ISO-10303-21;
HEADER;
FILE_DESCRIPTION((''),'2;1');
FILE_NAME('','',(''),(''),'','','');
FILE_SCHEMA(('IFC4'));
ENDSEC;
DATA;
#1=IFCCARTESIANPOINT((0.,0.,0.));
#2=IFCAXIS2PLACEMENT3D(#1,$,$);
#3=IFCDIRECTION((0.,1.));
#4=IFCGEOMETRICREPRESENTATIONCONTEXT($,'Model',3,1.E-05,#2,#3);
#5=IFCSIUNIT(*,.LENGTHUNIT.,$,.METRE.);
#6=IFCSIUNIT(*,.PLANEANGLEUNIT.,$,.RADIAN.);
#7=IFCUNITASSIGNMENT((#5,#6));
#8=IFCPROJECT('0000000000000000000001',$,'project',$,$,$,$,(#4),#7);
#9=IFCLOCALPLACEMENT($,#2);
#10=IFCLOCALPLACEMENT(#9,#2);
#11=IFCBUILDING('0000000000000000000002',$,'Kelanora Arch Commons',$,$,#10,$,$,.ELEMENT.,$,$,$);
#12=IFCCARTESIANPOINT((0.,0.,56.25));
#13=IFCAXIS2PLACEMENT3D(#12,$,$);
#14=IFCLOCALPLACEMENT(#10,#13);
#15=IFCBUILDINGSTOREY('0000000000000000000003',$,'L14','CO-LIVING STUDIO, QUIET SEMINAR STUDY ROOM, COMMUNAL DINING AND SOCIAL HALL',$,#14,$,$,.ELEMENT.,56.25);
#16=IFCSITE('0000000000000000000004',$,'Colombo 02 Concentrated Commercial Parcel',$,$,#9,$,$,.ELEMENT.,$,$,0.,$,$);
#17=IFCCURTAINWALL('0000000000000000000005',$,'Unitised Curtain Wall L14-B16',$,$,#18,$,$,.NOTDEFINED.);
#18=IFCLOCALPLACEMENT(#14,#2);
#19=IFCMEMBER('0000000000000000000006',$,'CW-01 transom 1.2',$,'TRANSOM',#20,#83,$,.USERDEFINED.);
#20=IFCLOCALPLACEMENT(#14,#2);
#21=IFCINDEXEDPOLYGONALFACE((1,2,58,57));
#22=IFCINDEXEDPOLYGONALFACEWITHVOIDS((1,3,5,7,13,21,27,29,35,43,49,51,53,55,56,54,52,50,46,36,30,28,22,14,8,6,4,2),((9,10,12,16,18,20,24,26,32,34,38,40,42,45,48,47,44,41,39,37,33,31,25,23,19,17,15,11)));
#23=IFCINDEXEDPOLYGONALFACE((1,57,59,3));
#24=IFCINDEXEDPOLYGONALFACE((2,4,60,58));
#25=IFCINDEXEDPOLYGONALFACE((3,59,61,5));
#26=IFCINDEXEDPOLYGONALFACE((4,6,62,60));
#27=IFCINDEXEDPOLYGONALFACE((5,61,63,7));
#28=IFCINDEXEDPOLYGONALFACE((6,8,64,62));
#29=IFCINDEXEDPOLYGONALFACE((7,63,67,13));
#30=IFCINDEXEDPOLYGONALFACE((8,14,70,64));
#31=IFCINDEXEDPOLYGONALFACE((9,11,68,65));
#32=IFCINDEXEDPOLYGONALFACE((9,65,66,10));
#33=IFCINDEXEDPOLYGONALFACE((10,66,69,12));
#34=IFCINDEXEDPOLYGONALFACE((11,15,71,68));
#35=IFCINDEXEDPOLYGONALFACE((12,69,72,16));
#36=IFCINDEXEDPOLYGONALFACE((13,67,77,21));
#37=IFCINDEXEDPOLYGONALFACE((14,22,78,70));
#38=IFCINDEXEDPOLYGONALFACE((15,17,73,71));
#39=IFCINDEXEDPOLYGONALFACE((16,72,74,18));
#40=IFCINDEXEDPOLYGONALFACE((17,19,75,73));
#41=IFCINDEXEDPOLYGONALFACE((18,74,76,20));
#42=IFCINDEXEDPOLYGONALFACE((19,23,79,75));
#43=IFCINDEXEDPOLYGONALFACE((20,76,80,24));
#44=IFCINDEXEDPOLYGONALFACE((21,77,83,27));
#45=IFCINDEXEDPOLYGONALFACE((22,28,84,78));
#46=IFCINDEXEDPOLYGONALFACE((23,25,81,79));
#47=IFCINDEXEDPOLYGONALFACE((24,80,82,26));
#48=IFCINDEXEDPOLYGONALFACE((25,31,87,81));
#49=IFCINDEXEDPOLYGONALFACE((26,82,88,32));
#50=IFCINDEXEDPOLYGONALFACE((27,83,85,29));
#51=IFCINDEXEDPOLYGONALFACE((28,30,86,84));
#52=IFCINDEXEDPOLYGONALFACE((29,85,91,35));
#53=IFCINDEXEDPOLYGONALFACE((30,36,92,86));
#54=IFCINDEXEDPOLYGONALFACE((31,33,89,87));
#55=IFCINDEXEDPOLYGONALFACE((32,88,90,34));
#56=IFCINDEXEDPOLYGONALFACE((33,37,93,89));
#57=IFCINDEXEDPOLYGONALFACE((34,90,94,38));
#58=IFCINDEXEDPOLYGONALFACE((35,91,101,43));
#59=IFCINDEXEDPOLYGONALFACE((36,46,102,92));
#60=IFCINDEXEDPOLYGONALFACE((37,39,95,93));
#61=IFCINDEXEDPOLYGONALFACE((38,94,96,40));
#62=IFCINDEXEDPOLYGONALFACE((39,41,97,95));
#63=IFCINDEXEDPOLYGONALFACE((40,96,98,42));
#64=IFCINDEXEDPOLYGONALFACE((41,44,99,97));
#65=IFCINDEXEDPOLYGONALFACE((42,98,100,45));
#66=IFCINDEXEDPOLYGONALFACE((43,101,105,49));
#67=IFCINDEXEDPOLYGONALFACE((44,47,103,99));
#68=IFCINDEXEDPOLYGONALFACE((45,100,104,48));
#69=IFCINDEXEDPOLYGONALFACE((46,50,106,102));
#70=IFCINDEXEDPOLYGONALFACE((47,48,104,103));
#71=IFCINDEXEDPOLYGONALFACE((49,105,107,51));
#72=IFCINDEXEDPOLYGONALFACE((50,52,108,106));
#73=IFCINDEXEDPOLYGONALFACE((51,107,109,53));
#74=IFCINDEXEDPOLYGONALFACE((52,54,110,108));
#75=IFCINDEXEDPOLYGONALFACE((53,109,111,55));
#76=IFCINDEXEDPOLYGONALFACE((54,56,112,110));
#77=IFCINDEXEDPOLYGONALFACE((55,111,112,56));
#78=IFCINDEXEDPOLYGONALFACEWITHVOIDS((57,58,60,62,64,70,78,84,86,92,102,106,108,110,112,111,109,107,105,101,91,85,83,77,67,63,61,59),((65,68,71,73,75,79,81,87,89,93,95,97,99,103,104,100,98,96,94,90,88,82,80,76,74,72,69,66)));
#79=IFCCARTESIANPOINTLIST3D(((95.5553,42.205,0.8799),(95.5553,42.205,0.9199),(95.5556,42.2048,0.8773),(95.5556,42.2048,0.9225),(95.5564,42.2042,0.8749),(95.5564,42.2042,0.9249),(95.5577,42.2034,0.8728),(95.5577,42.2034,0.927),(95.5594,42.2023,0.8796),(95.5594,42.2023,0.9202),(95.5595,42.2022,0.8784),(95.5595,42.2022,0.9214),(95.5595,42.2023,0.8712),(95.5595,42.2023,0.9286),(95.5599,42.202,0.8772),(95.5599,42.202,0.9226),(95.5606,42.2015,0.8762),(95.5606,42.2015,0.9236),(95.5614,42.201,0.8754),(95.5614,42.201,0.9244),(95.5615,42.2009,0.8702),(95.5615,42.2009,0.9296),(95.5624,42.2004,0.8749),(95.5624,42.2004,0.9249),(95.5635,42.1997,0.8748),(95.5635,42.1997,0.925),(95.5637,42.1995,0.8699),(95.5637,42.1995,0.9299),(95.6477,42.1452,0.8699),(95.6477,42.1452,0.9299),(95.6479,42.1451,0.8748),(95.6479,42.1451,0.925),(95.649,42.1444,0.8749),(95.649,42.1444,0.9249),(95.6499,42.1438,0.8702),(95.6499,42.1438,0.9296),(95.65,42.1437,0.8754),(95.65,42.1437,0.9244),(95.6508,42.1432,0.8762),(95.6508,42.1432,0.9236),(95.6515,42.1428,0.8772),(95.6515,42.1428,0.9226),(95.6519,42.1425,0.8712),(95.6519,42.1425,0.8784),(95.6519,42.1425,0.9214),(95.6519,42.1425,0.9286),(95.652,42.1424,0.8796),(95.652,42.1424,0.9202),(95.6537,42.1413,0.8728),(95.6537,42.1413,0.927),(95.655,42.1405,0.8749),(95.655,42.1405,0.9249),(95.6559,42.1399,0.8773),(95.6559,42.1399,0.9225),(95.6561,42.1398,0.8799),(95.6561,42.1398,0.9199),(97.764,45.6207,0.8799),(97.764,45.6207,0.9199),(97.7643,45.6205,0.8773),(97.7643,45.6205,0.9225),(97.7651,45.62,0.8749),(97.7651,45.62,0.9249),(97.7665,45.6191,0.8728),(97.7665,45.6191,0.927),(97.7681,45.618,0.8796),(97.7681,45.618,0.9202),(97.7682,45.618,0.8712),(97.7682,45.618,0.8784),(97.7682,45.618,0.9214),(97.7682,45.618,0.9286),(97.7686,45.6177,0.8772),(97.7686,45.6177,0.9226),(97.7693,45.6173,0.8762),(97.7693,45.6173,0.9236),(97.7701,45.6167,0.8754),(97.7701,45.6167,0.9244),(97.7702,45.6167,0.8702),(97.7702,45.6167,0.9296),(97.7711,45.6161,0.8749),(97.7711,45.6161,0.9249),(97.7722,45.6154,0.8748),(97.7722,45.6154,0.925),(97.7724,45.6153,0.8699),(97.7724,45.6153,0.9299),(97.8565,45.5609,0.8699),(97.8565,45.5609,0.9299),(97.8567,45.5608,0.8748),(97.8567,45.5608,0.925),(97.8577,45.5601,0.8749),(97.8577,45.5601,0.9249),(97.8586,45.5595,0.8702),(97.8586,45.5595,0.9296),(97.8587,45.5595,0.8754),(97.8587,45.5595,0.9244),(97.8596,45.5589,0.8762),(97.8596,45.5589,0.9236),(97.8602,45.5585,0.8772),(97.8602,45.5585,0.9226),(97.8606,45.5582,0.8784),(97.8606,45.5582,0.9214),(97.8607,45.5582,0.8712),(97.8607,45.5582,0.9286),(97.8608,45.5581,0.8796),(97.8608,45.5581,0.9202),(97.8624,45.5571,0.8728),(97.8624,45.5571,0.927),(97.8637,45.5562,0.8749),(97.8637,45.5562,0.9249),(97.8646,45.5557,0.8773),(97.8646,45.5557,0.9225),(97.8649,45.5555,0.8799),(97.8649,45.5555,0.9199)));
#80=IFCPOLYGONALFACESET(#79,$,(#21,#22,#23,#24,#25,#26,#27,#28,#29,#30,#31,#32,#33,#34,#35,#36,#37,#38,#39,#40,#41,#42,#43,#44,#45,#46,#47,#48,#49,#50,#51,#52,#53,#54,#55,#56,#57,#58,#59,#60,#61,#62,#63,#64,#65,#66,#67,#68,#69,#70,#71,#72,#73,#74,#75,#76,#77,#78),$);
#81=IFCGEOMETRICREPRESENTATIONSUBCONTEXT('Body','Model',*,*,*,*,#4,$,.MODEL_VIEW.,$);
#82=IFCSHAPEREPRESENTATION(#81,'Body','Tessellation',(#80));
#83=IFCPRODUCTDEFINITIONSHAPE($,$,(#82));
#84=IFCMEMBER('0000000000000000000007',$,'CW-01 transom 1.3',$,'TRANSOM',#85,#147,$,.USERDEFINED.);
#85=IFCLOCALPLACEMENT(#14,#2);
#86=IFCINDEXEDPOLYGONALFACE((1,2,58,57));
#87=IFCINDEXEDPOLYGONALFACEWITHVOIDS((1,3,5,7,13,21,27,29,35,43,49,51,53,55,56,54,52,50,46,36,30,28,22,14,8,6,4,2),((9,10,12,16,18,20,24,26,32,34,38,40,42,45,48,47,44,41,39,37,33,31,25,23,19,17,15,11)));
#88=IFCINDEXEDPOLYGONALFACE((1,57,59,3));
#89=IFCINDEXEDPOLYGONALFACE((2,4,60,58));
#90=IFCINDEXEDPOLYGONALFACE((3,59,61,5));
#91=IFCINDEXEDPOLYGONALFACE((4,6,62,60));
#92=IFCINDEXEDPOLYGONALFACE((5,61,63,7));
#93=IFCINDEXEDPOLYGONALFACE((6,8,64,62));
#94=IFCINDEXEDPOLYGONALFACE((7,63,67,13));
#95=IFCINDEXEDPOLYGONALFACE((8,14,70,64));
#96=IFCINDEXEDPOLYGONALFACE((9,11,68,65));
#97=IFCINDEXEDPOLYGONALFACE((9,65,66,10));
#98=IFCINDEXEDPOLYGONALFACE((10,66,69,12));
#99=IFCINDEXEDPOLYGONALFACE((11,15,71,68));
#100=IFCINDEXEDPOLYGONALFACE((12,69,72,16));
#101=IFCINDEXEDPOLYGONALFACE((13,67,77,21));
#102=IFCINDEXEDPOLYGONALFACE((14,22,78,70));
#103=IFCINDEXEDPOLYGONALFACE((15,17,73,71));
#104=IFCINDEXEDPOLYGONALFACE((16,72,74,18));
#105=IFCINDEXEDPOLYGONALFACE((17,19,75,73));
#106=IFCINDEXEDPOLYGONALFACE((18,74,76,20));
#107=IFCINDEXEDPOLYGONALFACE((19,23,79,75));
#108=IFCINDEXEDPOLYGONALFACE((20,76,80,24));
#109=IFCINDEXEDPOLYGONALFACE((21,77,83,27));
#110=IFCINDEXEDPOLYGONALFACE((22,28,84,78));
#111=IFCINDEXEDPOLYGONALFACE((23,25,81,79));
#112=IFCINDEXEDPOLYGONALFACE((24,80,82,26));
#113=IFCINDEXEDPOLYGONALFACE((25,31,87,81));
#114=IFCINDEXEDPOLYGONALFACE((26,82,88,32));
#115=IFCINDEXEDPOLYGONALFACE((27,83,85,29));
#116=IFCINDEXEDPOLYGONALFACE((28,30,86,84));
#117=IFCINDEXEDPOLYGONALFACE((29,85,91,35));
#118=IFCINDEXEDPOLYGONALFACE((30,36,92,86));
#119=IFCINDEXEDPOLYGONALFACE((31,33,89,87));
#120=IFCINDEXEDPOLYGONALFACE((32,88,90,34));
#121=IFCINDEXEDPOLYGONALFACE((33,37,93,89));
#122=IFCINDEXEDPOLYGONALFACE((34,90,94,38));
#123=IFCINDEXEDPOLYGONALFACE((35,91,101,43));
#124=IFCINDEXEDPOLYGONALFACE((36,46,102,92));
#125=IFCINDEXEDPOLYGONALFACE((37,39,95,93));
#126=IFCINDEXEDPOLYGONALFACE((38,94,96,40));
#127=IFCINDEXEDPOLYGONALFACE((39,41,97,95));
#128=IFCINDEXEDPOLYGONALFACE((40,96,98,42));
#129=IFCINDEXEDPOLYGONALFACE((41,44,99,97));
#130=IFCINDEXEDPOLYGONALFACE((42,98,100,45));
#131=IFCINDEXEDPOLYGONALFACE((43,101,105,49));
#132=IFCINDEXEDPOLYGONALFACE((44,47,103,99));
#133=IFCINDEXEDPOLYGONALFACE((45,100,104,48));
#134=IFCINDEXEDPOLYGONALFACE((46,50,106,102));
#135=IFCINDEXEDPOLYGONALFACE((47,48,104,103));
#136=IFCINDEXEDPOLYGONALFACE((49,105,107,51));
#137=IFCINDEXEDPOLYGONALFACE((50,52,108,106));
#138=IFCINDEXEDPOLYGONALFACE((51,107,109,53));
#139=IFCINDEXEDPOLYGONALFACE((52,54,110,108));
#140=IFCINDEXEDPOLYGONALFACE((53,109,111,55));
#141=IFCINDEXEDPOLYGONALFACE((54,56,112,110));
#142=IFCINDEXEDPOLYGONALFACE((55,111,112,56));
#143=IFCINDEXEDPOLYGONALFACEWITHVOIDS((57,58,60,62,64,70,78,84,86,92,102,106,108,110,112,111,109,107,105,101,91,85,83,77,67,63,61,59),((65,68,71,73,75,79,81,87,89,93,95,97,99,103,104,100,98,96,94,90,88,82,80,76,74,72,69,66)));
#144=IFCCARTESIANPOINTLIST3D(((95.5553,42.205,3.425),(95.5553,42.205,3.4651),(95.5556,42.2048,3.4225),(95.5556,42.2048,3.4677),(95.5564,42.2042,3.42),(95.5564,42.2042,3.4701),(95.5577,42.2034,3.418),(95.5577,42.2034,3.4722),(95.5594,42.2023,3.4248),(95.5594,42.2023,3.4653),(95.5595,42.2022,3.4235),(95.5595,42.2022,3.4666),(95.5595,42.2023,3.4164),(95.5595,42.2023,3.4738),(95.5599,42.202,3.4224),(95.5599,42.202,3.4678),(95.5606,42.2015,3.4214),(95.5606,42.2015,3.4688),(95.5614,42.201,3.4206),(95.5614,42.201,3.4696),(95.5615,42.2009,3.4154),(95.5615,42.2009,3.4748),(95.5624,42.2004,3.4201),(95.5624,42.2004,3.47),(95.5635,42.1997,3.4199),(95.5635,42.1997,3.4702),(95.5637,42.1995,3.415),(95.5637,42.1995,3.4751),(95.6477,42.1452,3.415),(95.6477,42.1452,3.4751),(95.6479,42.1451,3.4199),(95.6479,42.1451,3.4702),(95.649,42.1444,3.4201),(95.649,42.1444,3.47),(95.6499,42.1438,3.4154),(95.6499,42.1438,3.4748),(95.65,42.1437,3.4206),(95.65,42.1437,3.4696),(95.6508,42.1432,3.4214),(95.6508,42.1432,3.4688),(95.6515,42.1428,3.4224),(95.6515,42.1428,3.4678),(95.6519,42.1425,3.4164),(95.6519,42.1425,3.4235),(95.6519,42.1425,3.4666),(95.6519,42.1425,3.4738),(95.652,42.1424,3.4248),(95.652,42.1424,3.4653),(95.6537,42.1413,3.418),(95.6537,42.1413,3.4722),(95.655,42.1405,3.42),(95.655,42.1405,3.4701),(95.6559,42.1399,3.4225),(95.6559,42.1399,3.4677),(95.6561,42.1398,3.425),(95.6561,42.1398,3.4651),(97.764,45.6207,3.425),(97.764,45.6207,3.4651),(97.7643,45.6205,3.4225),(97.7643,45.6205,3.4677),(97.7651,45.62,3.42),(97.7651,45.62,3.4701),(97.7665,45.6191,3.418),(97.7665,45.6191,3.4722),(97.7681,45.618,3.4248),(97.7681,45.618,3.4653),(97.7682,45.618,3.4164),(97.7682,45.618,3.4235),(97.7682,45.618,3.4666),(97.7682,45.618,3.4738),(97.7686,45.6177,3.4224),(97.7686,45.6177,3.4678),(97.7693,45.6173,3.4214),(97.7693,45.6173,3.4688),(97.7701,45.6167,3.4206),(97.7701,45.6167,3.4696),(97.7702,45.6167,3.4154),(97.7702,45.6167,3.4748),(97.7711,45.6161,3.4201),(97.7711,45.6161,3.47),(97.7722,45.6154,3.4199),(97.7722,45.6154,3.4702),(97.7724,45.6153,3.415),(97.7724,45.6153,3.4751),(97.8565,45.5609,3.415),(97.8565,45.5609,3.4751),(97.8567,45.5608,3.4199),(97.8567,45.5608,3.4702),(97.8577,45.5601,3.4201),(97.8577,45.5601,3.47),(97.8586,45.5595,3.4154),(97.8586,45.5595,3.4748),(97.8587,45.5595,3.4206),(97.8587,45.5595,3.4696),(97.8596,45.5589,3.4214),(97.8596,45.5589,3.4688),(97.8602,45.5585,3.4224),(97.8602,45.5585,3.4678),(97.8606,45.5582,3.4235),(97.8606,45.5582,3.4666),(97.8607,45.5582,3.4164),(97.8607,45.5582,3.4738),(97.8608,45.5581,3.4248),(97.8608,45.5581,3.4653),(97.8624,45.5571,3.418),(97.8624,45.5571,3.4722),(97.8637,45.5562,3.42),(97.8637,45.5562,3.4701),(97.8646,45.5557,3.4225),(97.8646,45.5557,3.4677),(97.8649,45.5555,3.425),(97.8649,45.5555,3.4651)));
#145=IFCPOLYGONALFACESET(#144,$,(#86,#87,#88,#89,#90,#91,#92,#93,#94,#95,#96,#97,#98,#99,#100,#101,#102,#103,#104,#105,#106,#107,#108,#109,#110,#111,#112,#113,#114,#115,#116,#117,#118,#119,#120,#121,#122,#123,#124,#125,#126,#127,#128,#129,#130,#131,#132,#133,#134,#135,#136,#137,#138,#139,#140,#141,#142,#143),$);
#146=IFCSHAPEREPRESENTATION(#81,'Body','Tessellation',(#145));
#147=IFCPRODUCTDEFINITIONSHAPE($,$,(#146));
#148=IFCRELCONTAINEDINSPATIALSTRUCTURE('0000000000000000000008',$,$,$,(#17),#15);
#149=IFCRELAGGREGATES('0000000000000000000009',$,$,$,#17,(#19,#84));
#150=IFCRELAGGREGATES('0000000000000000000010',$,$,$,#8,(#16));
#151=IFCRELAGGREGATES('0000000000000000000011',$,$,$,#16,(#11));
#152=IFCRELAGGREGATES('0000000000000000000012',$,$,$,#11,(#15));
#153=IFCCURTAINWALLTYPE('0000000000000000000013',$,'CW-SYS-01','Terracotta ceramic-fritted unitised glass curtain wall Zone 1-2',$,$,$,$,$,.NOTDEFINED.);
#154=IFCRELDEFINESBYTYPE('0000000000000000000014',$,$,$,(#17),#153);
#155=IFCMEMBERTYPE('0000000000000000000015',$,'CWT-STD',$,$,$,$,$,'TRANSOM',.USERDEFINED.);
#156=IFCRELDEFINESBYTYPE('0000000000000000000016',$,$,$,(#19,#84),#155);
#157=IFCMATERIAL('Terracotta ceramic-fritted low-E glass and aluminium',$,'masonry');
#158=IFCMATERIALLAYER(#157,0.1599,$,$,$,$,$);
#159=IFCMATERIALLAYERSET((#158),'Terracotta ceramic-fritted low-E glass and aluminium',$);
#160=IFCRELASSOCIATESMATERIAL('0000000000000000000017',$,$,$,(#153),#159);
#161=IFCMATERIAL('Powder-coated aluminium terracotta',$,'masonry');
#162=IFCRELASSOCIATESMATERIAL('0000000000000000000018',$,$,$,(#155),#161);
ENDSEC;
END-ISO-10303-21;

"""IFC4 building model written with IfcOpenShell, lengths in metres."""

from ifc_helpers import new_model, si_unit, direction, frame, origin, origin_2d, place, context, subcontext, project, spatial, hollow_rectangle, extrude, material, layer, layer_set, material_profile, profile_set, type_object, element, aggregate, save


model = new_model("IFC4")

# Units and contexts
model_context = context("Model", 3, precision=1e-05, world=origin(), true_north=direction((0.0, 1.0)))
body_context = subcontext(model_context, "Body", "Model", "MODEL_VIEW")
ifc_project = project(units=[si_unit("LENGTHUNIT", "METRE"), si_unit("PLANEANGLEUNIT", "RADIAN")], contexts=[model_context])

# Site, building, storey
site_placement = place(None, origin())
site = spatial("IfcSite", under=ifc_project, at=site_placement, Name="Colombo 02 Concentrated Commercial Parcel", CompositionType="ELEMENT", RefElevation=0.0)
building_placement = place(site_placement, origin())
building = spatial("IfcBuilding", under=site, at=building_placement, Name="Kelanora Arch Commons", CompositionType="ELEMENT")
storey_placement = place(building_placement, frame((0.0, 0.0, 56.25)))
storey = spatial("IfcBuildingStorey", under=building, at=storey_placement, Name="L14", Description="CO-LIVING STUDIO, QUIET SEMINAR STUDY ROOM, COMMUNAL DINING AND SOCIAL HALL", CompositionType="ELEMENT", Elevation=56.25)

# Shared definitions
ifc_material_1 = material(Name="Terracotta ceramic-fritted low-E glass and aluminium", Category="masonry")
ifc_layer_1 = layer(ifc_material_1, 0.1599)
ifc_layer_set_1 = layer_set([ifc_layer_1], Name="Terracotta ceramic-fritted low-E glass and aluminium")
curtain_wall_type = type_object("IfcCurtainWallType", Name="CW-SYS-01", Description="Terracotta ceramic-fritted unitised glass curtain wall Zone 1-2", PredefinedType="NOTDEFINED", material=ifc_layer_set_1)
ifc_material_2 = material(Name="Powder-coated aluminium terracotta", Category="masonry")

# Curtain wall, members
curtain_wall_1_placement = place(storey_placement, origin())
curtain_wall_1 = element("IfcCurtainWall", 1, at=curtain_wall_1_placement, inside=storey, type_object=curtain_wall_type, Name="Unitised Curtain Wall L14-B16", PredefinedType="NOTDEFINED")
ifc_material_profile_1 = material_profile(ifc_material_2, hollow_rectangle(XDim=0.1201, YDim=0.0601, WallThickness=0.0049, InnerFilletRadius=0.0049, OuterFilletRadius=0.01, at=origin_2d()), Name="CWT120x60")
ifc_profile_set_1 = profile_set([ifc_material_profile_1], Name="Powder-coated aluminium terracotta")
member_type_1 = type_object("IfcMemberType", Name="CWT-STD", ElementType="TRANSOM", PredefinedType="USERDEFINED", material=ifc_profile_set_1)
member_1_placement = place(storey_placement, frame((95.6057, 42.1724, 0.8999), z_axis=(0.542997, 0.839734, 0.0), x_axis=(-0.839734, 0.542997, 0.0)))
member_1 = element("IfcMember", 2, at=member_1_placement, type_object=member_type_1, Name="CW-01 transom 1.2", ObjectType="TRANSOM", PredefinedType="USERDEFINED", context=body_context, shape_type="SweptSolid", body=[
    extrude(hollow_rectangle(XDim=0.1201, YDim=0.0601, WallThickness=0.0049, InnerFilletRadius=0.0049, OuterFilletRadius=0.01, at=origin_2d()), origin(), (0.0, 0.0, 1.0), 4.0676),
])
member_2_placement = place(storey_placement, frame((95.6057, 42.1724, 3.4451), z_axis=(0.542997, 0.839734, 0.0), x_axis=(-0.839734, 0.542997, 0.0)))
member_2 = element("IfcMember", 3, at=member_2_placement, type_object=member_type_1, Name="CW-01 transom 1.3", ObjectType="TRANSOM", PredefinedType="USERDEFINED", context=body_context, shape_type="SweptSolid", body=[
    extrude(hollow_rectangle(XDim=0.1201, YDim=0.0601, WallThickness=0.0049, InnerFilletRadius=0.0049, OuterFilletRadius=0.01, at=origin_2d()), origin(), (0.0, 0.0, 1.0), 4.0676),
])
aggregate(curtain_wall_1, [member_1, member_2])

save(model, "model.ifc")
